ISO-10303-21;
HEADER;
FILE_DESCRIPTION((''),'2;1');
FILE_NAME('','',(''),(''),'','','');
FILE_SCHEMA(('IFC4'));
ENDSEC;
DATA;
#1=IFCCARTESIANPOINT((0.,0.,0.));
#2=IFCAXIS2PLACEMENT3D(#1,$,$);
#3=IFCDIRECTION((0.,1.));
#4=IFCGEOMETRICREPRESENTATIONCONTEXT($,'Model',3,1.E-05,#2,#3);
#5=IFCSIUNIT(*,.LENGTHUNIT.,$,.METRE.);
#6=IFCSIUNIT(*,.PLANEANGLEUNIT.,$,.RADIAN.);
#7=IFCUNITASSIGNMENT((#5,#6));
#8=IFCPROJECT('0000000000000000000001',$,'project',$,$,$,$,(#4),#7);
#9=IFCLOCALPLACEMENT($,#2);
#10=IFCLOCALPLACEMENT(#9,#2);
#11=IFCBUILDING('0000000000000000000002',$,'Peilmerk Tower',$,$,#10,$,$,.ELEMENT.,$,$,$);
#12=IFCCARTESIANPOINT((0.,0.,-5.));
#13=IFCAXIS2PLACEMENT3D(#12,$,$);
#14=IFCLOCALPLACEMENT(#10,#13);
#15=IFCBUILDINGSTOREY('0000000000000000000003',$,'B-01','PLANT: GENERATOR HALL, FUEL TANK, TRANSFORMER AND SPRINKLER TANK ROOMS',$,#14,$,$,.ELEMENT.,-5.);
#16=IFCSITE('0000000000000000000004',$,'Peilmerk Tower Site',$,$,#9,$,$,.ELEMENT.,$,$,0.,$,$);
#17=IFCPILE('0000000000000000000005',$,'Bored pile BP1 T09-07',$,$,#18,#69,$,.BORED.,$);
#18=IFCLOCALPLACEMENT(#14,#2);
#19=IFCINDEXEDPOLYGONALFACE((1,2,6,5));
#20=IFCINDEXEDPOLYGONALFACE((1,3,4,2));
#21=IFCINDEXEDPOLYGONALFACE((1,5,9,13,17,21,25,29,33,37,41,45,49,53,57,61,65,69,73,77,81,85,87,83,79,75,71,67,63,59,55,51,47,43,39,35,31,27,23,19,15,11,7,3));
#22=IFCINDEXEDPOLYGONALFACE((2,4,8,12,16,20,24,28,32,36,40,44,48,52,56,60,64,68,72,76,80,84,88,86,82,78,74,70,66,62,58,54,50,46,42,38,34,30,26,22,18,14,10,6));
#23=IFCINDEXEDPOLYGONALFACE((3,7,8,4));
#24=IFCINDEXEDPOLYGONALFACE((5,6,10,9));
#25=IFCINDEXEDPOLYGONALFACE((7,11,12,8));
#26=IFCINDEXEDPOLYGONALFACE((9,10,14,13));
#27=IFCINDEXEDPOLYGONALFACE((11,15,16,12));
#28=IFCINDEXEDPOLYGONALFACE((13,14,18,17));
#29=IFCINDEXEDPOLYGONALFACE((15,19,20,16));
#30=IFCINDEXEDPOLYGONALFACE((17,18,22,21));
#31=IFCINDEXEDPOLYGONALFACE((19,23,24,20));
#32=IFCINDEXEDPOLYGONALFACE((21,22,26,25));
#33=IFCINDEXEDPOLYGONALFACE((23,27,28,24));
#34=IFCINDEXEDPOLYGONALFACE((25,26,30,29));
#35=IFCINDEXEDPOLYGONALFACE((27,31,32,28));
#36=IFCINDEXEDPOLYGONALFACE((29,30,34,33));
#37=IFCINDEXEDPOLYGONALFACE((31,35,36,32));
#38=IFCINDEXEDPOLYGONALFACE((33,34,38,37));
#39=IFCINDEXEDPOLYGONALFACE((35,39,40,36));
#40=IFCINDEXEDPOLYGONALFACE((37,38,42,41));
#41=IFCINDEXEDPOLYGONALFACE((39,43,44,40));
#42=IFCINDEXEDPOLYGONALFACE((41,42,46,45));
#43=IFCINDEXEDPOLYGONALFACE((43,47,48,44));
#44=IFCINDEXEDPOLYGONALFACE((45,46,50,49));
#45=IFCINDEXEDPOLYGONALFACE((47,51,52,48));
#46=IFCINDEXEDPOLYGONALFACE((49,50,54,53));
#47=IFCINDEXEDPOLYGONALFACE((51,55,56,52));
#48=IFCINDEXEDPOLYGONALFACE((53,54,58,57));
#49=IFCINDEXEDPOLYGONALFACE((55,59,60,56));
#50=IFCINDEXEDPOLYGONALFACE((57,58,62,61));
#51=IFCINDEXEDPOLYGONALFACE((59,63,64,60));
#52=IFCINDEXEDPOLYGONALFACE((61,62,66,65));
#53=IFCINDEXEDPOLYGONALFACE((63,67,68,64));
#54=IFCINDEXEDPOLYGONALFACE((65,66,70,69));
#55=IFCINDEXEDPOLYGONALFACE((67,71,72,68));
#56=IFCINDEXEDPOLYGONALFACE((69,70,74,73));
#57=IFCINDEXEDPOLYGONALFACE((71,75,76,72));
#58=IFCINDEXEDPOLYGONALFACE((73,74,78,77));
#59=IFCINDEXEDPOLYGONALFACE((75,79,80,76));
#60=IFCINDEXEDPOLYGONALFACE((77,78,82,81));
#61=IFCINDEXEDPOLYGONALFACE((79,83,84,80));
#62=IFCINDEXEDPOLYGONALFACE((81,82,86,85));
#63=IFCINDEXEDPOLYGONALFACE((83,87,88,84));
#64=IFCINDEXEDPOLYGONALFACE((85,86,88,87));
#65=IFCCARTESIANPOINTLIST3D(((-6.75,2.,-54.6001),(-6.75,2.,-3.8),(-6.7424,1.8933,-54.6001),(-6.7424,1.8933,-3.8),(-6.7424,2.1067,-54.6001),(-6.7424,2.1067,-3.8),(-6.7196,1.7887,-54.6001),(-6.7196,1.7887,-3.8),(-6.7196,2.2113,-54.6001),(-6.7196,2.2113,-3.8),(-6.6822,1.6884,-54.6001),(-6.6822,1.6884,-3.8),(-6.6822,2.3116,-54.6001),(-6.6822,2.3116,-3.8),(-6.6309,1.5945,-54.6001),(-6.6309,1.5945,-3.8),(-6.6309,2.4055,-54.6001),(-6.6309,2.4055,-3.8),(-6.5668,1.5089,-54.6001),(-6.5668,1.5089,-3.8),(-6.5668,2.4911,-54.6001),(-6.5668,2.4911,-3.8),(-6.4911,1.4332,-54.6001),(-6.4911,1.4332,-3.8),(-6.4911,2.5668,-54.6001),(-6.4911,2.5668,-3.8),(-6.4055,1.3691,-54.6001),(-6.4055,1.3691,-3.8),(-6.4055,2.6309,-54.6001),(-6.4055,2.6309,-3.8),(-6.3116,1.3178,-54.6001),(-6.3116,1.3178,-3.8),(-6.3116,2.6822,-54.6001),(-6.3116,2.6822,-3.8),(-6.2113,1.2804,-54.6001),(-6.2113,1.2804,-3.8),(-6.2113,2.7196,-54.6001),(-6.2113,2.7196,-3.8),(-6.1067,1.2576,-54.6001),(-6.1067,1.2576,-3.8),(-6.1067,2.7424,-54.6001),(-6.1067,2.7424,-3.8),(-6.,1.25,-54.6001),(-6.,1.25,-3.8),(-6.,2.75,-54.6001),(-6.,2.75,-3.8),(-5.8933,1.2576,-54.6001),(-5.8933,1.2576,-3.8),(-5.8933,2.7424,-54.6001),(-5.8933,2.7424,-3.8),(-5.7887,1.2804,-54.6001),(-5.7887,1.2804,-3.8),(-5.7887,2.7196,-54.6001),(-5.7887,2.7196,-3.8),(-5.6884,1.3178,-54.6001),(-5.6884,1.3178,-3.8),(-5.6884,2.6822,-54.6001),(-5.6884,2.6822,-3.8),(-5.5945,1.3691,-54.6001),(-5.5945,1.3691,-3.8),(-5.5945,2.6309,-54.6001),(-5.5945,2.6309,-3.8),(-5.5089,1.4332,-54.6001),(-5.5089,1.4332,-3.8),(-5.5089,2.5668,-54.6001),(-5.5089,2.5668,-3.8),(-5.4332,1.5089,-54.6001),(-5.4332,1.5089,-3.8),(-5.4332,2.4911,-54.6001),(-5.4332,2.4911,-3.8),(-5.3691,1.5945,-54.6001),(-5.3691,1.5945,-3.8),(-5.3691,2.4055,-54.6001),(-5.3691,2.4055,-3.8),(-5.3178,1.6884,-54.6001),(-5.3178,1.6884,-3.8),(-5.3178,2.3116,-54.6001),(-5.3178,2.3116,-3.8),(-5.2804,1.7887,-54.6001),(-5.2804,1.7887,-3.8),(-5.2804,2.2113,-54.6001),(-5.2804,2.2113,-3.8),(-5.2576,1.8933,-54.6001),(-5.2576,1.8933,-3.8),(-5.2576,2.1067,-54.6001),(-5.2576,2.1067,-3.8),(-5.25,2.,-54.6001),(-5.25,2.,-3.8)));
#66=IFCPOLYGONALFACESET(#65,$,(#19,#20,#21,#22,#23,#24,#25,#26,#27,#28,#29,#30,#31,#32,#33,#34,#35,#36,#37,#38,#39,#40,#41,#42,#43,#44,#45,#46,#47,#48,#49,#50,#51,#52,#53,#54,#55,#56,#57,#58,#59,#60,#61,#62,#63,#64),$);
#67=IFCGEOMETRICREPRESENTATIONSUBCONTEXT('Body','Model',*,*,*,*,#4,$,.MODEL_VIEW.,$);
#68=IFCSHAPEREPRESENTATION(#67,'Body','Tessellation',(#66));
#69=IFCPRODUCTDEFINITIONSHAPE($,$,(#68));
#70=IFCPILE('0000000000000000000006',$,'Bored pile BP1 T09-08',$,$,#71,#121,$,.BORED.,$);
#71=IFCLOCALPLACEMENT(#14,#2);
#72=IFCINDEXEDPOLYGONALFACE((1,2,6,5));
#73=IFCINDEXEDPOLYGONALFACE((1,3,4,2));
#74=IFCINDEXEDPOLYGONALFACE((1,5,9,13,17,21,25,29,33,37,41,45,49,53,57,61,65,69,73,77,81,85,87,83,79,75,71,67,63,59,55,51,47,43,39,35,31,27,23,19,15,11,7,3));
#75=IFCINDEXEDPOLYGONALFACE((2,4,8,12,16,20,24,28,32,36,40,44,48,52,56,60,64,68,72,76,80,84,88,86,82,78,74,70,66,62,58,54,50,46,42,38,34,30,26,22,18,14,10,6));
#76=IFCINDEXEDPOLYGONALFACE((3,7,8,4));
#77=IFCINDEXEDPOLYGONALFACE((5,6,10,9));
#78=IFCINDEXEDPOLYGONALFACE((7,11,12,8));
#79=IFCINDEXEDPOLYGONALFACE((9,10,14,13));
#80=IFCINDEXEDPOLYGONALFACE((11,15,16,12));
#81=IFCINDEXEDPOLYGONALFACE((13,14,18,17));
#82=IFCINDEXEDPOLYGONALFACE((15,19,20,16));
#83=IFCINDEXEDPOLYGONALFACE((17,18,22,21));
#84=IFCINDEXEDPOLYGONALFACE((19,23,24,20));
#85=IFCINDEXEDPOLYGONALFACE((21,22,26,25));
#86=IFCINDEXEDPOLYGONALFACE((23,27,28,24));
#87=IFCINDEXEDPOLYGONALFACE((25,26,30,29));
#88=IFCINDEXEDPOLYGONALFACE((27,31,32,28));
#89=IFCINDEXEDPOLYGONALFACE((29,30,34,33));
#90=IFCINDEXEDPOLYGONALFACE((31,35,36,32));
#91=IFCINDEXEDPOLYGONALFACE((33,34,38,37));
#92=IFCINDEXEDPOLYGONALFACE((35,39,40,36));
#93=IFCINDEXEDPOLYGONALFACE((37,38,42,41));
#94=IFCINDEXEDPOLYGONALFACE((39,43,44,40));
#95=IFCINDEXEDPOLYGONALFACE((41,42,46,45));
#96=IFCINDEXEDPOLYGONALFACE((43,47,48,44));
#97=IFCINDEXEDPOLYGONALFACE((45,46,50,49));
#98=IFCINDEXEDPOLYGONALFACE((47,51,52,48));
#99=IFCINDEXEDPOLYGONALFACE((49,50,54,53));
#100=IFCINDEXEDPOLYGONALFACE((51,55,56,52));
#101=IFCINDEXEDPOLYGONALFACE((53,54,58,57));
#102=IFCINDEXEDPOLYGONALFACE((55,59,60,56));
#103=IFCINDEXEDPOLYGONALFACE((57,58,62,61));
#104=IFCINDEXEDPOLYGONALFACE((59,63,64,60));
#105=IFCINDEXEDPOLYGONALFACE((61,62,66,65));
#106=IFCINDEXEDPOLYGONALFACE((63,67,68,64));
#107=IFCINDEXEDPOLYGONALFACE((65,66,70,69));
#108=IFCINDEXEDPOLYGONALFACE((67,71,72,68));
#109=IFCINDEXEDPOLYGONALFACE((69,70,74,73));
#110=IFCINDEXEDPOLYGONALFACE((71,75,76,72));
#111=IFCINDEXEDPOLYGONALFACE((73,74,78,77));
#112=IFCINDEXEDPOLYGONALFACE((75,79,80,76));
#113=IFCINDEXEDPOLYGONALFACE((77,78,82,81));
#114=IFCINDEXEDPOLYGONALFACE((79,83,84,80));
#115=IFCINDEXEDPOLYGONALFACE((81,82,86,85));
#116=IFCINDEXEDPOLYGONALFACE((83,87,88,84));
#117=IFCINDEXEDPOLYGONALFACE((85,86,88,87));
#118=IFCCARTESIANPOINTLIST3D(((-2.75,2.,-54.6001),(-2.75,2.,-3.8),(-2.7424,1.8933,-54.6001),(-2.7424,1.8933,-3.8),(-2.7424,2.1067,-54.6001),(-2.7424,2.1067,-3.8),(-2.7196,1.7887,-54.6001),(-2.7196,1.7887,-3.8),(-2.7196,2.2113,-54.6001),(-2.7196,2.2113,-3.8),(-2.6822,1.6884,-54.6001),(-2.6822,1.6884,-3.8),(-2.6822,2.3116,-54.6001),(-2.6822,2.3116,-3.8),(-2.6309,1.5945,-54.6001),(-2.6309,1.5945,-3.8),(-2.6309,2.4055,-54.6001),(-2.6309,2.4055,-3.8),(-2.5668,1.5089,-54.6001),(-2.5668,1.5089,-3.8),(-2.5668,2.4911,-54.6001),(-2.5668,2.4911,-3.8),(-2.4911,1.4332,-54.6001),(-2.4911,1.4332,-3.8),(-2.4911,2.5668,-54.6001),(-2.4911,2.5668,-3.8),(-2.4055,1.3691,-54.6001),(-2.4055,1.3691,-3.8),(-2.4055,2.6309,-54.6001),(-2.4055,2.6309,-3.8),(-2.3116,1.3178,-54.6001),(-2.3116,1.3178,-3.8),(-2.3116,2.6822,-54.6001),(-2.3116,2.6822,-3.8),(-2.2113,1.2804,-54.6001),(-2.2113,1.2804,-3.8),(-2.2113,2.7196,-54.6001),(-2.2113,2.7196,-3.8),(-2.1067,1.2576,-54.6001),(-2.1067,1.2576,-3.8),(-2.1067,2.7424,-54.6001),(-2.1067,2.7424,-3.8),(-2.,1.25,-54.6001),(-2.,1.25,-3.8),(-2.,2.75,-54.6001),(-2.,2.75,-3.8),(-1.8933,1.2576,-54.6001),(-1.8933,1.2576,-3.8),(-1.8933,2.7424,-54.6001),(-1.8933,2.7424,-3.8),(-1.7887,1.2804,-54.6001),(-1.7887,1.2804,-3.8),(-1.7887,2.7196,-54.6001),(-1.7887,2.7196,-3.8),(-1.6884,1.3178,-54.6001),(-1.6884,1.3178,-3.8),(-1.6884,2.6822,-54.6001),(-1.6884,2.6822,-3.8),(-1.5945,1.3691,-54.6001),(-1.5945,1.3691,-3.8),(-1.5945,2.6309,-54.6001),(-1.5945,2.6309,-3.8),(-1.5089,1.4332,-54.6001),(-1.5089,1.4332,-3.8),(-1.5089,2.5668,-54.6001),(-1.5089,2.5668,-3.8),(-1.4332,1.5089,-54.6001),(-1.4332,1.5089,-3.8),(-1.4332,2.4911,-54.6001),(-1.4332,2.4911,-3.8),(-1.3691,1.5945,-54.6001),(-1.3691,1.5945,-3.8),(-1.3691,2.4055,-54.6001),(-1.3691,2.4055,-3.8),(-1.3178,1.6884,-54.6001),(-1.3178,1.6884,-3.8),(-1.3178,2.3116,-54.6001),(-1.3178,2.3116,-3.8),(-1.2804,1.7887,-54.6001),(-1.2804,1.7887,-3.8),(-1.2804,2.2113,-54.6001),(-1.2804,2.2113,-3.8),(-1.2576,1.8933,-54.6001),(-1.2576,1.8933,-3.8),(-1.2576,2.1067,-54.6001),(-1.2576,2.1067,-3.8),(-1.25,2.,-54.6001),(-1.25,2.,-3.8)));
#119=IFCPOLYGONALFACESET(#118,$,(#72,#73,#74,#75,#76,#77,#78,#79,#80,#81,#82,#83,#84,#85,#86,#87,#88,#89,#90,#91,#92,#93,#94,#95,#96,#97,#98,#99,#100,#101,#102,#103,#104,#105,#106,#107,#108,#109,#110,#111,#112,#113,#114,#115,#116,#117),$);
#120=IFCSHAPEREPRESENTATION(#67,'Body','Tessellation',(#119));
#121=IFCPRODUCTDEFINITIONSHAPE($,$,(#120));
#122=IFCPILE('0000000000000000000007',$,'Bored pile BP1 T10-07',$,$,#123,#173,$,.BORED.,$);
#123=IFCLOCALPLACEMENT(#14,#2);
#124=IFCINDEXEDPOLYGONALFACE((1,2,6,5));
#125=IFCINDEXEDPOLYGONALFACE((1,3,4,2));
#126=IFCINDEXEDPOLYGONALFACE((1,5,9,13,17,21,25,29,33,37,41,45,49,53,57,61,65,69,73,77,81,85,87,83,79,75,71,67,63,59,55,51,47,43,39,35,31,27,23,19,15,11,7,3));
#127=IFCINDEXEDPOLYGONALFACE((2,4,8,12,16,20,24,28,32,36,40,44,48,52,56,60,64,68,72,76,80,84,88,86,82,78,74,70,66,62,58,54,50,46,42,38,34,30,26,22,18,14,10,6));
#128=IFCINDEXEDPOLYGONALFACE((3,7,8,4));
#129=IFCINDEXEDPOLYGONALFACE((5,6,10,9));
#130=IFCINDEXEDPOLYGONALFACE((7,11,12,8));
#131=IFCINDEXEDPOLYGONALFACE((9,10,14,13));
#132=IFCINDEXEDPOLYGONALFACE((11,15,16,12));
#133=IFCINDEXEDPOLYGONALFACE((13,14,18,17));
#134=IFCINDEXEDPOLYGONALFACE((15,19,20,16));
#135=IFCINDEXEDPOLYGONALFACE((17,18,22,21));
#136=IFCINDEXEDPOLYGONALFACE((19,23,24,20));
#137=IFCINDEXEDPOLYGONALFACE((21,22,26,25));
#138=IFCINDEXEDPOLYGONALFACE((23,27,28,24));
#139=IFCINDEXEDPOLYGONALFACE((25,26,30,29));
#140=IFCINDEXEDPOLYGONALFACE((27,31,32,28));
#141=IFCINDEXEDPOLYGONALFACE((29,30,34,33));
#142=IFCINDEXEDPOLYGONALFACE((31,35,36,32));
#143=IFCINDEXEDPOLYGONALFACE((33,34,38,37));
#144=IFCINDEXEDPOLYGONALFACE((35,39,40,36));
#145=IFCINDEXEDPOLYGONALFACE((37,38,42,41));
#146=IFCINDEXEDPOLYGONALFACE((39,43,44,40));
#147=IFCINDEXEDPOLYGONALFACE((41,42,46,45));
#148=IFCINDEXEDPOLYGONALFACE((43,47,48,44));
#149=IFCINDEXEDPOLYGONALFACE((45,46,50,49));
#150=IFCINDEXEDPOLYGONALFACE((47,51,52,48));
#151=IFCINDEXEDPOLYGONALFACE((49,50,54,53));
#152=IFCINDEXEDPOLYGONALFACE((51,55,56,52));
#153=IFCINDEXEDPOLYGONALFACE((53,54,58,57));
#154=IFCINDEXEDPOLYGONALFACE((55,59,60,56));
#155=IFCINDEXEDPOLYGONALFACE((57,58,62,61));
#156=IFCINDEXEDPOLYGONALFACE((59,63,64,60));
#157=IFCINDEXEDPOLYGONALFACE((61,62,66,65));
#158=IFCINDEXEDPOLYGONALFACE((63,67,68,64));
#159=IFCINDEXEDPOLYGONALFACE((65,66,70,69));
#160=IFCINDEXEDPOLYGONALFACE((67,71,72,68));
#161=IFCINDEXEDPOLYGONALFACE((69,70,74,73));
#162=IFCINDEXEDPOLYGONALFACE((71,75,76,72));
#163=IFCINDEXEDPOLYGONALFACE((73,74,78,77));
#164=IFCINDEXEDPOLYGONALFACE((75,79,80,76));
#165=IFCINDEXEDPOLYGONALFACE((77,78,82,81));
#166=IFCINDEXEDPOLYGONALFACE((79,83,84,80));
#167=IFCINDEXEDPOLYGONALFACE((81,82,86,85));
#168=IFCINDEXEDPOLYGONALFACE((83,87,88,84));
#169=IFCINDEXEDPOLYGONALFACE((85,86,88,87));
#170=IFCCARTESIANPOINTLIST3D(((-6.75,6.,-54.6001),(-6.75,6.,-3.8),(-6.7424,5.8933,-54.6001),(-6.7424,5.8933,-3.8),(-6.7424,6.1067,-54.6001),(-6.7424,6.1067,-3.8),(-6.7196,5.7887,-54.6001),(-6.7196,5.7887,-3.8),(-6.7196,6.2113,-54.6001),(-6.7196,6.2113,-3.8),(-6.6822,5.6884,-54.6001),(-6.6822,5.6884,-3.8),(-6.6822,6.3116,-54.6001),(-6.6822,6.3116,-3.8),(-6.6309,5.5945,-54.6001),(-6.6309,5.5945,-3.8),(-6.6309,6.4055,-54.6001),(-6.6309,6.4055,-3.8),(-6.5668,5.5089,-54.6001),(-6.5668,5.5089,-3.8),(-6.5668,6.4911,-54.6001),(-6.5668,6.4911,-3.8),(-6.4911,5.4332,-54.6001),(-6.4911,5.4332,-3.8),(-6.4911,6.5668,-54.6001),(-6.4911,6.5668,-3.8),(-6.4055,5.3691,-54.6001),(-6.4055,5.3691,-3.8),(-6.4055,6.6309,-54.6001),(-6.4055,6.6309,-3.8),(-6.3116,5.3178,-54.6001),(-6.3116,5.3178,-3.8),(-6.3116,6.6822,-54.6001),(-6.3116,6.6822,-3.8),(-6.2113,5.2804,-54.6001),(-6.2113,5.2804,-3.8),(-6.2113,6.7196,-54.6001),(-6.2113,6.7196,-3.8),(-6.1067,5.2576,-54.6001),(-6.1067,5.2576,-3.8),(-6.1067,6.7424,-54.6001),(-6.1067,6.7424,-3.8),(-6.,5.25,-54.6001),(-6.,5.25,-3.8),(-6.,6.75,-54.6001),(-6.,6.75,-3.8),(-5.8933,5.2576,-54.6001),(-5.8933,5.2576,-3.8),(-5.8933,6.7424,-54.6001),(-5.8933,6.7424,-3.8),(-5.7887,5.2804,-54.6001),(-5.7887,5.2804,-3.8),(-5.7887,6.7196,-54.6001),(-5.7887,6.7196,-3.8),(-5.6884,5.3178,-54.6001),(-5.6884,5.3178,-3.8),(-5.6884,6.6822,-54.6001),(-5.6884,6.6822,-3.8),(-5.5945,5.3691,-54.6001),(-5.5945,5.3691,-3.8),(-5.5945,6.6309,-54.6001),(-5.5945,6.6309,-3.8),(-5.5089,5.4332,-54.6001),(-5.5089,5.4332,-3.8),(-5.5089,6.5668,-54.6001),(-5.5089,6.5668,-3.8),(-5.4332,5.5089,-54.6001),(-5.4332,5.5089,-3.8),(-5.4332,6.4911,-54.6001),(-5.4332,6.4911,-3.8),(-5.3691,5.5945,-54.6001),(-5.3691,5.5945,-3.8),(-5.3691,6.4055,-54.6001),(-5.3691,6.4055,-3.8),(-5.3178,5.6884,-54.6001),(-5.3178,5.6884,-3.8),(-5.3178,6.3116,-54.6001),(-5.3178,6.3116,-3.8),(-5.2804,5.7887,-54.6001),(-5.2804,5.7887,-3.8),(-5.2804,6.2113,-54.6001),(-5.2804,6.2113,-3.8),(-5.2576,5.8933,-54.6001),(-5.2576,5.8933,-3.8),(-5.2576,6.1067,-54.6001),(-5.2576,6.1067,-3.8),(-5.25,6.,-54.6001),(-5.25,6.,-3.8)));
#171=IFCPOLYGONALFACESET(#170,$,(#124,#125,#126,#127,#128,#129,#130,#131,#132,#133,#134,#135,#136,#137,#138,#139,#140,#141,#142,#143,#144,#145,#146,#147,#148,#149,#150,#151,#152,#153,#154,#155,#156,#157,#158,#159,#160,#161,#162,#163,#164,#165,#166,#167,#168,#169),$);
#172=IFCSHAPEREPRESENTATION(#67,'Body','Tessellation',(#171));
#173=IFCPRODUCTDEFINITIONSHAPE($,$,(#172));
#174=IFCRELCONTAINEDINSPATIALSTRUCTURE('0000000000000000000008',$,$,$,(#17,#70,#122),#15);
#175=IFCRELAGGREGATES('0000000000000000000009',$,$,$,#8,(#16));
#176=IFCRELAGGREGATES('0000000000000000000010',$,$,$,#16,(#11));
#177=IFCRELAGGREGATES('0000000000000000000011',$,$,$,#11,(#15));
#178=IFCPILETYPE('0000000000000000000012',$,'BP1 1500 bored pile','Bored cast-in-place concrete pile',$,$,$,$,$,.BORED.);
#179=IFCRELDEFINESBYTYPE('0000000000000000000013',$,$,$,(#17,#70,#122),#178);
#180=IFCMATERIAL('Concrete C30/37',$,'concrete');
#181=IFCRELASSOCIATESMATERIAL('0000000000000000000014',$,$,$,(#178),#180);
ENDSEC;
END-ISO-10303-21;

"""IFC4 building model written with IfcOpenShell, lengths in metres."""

from ifc_helpers import new_model, si_unit, direction, frame, origin, origin_2d, place, context, subcontext, project, spatial, circle, extrude, material, material_profile, profile_set, type_object, element, save


model = new_model("IFC4")

# Units and contexts
model_context = context("Model", 3, precision=1e-05, world=origin(), true_north=direction((0.0, 1.0)))
body_context = subcontext(model_context, "Body", "Model", "MODEL_VIEW")
ifc_project = project(units=[si_unit("LENGTHUNIT", "METRE"), si_unit("PLANEANGLEUNIT", "RADIAN")], contexts=[model_context])

# Site, building, storey
site_placement = place(None, origin())
site = spatial("IfcSite", under=ifc_project, at=site_placement, Name="Peilmerk Tower Site", CompositionType="ELEMENT", RefElevation=0.0)
building_placement = place(site_placement, origin())
building = spatial("IfcBuilding", under=site, at=building_placement, Name="Peilmerk Tower", CompositionType="ELEMENT")
storey_placement = place(building_placement, frame((0.0, 0.0, -5.0)))
storey = spatial("IfcBuildingStorey", under=building, at=storey_placement, Name="B-01", Description="PLANT: GENERATOR HALL, FUEL TANK, TRANSFORMER AND SPRINKLER TANK ROOMS", CompositionType="ELEMENT", Elevation=-5.0)

# Piles
ifc_material_1 = material(Name="Concrete C30/37", Category="concrete")
ifc_material_profile = material_profile(ifc_material_1, circle(Radius=0.75, at=origin_2d()), Name="BP 1500")
ifc_profile_set = profile_set([ifc_material_profile], Name="Concrete C30/37")
pile_type = type_object("IfcPileType", Name="BP1 1500 bored pile", Description="Bored cast-in-place concrete pile", PredefinedType="BORED", material=ifc_profile_set)
for number, where, z_axis, x_axis, name in (
    (1, (-6.0, 2.0, -3.8), (0.0, 0.0, -1.0), (1.0, 0.0, 0.0), "Bored pile BP1 T09-07"),
    (2, (-2.0, 2.0, -3.8), (0.0, 0.0, -1.0), (1.0, 0.0, 0.0), "Bored pile BP1 T09-08"),
    (3, (-6.0, 6.0, -3.8), (0.0, 0.0, -1.0), (1.0, 0.0, 0.0), "Bored pile BP1 T10-07"),
):
    element("IfcPile", number, at=place(storey_placement, frame(where, z_axis=z_axis, x_axis=x_axis)), inside=storey, type_object=pile_type, Name=name, PredefinedType="BORED", context=body_context, shape_type="SweptSolid", body=[
        extrude(circle(Radius=0.75, at=origin_2d()), origin(), (0.0, 0.0, 1.0), 50.8),
    ])

save(model, "model.ifc")
